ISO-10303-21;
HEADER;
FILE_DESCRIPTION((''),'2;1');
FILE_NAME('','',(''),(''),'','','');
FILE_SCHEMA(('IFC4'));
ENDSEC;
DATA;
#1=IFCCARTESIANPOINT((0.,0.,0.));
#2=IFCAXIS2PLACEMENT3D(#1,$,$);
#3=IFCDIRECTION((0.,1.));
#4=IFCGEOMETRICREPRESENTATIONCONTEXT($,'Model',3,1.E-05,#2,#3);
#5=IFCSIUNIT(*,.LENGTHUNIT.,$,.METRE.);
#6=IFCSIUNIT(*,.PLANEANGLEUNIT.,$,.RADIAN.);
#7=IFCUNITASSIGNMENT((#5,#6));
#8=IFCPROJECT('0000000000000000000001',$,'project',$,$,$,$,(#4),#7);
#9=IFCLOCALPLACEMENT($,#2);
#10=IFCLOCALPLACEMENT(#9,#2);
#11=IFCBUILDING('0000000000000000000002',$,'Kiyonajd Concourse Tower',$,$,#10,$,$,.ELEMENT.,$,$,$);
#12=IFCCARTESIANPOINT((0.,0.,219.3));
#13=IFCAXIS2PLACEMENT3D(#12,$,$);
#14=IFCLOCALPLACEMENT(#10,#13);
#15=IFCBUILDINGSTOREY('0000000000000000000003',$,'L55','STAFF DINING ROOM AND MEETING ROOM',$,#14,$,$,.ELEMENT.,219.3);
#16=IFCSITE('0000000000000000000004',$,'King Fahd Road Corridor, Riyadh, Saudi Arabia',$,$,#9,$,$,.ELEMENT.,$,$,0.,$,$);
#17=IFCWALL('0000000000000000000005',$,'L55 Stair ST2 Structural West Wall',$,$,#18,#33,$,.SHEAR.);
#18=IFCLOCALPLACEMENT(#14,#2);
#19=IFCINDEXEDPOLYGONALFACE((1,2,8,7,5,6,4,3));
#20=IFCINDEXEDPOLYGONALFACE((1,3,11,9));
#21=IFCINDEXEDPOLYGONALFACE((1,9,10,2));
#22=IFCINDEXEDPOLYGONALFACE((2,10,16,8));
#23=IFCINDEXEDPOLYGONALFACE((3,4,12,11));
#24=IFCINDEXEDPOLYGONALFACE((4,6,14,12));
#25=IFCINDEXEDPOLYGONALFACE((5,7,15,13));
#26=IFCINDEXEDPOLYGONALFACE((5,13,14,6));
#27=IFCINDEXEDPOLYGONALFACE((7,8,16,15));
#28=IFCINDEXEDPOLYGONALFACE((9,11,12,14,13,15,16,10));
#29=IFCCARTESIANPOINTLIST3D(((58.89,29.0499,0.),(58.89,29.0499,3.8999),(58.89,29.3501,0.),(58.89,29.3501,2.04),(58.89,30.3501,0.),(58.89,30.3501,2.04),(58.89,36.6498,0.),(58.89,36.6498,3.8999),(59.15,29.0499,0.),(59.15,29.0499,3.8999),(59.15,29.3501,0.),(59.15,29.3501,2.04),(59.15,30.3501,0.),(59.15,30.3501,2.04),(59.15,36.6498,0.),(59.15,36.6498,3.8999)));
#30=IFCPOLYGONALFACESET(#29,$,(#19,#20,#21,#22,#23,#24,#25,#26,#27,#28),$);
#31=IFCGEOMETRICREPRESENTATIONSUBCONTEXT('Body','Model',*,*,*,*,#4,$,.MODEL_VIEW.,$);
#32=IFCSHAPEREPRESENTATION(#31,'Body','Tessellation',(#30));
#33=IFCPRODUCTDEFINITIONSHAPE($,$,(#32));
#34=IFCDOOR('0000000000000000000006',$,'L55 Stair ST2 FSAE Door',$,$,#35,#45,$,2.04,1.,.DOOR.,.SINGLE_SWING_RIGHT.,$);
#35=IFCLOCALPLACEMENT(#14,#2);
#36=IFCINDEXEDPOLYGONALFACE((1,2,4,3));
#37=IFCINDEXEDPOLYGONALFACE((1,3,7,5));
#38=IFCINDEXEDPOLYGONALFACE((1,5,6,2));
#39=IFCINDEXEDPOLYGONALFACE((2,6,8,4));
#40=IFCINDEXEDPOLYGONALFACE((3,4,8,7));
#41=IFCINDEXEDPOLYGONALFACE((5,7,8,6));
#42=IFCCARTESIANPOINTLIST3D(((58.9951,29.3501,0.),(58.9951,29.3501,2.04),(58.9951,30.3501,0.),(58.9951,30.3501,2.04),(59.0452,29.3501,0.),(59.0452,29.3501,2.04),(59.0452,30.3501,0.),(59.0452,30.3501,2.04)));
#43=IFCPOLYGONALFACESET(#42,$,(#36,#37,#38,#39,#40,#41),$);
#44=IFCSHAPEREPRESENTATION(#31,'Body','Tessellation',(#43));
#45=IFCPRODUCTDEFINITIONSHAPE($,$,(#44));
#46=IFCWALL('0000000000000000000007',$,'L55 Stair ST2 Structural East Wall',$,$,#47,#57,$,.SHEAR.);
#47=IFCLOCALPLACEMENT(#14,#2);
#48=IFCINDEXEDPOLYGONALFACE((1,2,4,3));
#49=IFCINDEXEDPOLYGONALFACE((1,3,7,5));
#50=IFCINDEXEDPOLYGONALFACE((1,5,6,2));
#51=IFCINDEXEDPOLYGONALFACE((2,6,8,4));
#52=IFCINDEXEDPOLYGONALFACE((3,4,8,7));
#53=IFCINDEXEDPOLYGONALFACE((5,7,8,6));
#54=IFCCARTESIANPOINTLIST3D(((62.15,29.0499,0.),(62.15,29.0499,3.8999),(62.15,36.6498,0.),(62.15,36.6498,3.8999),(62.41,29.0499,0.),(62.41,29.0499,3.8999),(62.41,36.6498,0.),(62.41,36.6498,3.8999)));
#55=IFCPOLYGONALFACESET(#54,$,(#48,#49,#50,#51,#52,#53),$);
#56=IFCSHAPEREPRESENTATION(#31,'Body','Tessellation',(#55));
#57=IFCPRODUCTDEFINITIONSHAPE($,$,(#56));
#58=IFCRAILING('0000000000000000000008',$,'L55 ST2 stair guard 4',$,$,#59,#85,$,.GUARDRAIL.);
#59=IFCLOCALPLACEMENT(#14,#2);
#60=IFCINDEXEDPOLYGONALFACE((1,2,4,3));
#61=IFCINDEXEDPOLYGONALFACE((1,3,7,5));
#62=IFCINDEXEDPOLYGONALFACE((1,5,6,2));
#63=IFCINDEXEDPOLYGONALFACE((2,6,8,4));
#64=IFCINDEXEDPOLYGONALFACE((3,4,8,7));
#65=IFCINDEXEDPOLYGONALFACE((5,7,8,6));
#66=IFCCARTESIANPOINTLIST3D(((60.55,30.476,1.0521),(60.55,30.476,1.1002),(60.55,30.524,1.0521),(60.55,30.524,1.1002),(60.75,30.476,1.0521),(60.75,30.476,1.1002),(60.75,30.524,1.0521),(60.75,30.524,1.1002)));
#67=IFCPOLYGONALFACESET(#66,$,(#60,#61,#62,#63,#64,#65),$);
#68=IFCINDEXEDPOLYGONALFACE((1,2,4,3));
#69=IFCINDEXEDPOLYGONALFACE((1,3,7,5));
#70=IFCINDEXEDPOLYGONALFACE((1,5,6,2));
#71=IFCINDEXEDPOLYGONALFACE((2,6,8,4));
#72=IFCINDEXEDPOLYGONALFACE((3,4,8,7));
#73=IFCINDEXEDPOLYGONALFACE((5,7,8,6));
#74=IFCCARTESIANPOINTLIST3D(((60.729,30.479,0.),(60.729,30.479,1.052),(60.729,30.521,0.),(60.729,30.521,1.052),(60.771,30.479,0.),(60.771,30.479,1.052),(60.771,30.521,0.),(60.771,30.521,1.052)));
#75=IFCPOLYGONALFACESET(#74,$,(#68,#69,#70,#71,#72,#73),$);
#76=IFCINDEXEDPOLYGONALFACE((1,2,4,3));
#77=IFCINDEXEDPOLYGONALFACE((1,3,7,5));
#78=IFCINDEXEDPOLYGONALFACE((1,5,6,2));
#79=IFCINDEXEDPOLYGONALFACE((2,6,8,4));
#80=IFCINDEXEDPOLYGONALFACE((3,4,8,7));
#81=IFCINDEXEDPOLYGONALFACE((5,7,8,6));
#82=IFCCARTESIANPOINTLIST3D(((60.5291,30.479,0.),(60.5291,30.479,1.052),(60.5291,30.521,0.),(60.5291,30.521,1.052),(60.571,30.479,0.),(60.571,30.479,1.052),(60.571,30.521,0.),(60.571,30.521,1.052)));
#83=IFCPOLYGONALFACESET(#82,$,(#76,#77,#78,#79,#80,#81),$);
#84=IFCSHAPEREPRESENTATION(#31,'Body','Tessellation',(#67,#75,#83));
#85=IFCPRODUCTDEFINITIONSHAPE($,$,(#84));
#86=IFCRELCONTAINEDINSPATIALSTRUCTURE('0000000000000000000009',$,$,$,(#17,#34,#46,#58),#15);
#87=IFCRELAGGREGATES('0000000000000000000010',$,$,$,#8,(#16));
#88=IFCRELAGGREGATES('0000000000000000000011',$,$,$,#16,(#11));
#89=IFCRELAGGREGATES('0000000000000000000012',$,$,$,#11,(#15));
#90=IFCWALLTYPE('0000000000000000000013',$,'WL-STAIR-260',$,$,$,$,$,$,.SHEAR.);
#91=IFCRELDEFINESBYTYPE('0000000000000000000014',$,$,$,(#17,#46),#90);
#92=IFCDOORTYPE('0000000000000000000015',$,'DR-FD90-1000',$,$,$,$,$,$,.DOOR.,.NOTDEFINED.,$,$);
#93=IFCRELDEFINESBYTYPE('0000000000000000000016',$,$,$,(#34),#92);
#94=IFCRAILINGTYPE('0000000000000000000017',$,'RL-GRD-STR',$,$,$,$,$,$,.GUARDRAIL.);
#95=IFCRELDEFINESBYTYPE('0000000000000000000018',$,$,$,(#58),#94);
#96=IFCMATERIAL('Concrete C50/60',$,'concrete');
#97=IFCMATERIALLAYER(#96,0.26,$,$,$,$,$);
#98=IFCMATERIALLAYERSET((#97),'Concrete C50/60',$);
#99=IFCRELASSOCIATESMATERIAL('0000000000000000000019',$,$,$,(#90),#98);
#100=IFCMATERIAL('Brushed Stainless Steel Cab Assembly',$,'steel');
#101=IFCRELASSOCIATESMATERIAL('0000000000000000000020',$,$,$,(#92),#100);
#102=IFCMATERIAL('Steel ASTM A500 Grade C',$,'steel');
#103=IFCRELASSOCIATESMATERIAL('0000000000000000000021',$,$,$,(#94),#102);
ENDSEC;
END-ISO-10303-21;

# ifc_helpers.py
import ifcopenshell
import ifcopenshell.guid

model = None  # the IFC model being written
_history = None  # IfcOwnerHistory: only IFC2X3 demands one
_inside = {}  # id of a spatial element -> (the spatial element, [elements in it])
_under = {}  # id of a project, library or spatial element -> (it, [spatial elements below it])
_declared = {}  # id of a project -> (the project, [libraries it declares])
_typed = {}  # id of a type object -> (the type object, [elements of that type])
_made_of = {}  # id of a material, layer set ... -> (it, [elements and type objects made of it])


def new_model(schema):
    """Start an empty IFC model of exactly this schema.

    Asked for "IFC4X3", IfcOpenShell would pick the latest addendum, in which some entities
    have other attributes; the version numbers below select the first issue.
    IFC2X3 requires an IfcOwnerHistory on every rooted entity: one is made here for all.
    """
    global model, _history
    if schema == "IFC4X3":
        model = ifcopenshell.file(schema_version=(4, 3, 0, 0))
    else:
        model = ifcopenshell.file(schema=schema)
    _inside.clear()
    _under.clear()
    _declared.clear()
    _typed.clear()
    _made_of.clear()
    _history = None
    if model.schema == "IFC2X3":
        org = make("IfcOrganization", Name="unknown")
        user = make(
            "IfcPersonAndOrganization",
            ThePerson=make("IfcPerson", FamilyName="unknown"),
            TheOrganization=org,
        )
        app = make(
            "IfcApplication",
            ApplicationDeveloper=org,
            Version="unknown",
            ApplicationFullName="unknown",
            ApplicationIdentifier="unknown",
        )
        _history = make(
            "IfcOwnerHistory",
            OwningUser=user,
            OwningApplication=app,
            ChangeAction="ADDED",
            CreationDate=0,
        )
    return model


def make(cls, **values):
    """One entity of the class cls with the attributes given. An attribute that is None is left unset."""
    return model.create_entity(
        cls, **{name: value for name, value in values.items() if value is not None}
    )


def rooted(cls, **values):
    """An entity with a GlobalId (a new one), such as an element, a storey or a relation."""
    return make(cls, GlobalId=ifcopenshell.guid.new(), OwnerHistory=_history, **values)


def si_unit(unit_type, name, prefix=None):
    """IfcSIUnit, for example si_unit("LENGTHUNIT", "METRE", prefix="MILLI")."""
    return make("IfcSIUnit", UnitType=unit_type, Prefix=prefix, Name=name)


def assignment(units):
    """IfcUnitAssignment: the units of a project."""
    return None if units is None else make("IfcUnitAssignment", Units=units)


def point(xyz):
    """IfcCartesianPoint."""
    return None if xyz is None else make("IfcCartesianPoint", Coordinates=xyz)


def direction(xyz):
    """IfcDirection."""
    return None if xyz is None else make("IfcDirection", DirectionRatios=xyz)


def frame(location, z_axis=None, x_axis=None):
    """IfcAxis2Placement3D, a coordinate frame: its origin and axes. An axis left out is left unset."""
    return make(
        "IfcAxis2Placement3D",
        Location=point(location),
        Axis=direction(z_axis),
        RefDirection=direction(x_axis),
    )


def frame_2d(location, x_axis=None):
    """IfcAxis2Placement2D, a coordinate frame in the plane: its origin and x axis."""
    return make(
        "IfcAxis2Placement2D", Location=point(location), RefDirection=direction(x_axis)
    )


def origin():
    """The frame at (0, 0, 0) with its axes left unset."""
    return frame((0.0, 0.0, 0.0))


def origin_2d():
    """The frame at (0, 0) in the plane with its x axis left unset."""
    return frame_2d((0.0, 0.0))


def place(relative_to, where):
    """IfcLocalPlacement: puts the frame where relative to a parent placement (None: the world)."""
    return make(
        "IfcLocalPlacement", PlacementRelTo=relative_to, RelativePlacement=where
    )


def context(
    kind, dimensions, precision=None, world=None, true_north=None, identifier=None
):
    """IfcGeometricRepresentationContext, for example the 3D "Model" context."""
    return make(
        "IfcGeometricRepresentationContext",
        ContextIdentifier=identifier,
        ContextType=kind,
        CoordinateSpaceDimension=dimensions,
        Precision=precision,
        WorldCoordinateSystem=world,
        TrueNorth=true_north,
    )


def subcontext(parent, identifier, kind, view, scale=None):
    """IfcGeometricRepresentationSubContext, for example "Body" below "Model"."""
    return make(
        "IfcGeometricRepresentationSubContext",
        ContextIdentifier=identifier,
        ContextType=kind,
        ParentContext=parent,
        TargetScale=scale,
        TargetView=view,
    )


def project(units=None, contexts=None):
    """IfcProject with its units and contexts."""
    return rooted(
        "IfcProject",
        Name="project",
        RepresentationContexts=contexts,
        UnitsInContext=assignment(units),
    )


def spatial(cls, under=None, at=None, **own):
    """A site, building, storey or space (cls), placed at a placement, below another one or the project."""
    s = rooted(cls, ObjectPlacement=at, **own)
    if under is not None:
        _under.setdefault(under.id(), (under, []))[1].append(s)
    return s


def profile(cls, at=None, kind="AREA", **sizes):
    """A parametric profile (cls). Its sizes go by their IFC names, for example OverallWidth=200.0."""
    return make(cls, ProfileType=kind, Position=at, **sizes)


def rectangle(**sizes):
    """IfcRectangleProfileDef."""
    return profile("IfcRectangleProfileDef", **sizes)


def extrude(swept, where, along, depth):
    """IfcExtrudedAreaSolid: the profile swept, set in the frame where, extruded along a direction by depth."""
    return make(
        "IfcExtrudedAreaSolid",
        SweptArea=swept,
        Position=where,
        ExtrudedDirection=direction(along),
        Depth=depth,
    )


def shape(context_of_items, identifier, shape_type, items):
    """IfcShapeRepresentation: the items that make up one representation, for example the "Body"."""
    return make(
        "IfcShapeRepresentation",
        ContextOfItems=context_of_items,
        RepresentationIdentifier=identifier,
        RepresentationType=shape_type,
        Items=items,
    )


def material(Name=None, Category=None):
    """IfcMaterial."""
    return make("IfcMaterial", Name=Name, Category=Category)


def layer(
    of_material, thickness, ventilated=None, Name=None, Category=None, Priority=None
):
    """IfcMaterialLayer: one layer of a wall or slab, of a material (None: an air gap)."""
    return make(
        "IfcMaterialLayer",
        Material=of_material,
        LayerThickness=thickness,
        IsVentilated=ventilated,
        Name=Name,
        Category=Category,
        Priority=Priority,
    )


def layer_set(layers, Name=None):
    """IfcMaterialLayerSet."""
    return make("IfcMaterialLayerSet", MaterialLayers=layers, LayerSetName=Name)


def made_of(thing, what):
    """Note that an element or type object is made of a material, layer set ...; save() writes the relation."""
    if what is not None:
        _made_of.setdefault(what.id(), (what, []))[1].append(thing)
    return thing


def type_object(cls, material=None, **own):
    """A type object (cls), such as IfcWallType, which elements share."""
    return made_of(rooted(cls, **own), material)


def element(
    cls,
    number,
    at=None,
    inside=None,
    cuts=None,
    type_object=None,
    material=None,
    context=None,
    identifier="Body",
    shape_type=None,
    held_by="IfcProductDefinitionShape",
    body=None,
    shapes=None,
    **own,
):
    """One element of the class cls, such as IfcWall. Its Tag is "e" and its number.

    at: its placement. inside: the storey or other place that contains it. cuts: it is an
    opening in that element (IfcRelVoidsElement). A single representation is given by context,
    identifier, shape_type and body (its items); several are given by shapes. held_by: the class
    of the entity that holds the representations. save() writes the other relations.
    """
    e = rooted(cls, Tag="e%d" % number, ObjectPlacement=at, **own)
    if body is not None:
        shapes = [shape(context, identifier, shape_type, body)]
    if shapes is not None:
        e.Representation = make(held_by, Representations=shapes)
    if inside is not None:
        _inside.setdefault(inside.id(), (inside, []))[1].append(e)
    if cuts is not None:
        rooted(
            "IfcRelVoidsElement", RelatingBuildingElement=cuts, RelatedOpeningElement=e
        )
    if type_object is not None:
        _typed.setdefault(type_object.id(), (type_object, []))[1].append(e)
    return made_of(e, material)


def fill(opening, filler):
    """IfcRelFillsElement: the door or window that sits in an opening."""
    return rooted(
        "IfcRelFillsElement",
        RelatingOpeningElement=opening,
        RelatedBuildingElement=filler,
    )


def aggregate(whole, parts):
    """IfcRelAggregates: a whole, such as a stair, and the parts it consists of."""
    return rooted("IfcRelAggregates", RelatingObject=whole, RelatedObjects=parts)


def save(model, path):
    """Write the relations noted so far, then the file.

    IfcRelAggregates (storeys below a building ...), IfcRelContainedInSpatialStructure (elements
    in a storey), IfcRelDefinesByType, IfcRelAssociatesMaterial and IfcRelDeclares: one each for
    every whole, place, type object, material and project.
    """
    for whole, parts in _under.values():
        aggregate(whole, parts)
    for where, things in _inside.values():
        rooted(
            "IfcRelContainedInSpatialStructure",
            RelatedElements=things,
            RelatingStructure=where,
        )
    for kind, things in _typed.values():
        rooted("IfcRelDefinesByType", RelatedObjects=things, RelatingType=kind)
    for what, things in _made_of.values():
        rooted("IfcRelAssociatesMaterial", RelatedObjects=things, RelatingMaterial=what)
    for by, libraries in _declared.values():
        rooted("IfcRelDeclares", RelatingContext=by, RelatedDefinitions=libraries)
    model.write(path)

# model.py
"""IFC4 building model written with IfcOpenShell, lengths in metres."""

from ifc_helpers import new_model, si_unit, direction, frame, frame_2d, origin, origin_2d, place, context, subcontext, project, spatial, rectangle, extrude, material, layer, layer_set, type_object, element, fill, save


model = new_model("IFC4")

# Units and contexts
model_context = context("Model", 3, precision=1e-05, world=origin(), true_north=direction((0.0, 1.0)))
body_context = subcontext(model_context, "Body", "Model", "MODEL_VIEW")
ifc_project = project(units=[si_unit("LENGTHUNIT", "METRE"), si_unit("PLANEANGLEUNIT", "RADIAN")], contexts=[model_context])

# Site, building, storey
site_placement = place(None, origin())
site = spatial("IfcSite", under=ifc_project, at=site_placement, Name="King Fahd Road Corridor, Riyadh, Saudi Arabia", CompositionType="ELEMENT", RefElevation=0.0)
building_placement = place(site_placement, origin())
building = spatial("IfcBuilding", under=site, at=building_placement, Name="Kiyonajd Concourse Tower", CompositionType="ELEMENT")
storey_placement = place(building_placement, frame((0.0, 0.0, 219.3)))
storey = spatial("IfcBuildingStorey", under=building, at=storey_placement, Name="L55", Description="STAFF DINING ROOM AND MEETING ROOM", CompositionType="ELEMENT", Elevation=219.3)

# Shared definitions
ifc_material_1 = material(Name="Concrete C50/60", Category="concrete")

# Shared definitions
ifc_layer_1 = layer(ifc_material_1, 0.26)
ifc_layer_set_1 = layer_set([ifc_layer_1], Name="Concrete C50/60")
wall_type_1 = type_object("IfcWallType", Name="WL-STAIR-260", PredefinedType="SHEAR", material=ifc_layer_set_1)

# Wall, opening, door
wall_1_placement = place(storey_placement, frame((59.02, 29.05, 0.0), z_axis=(0.0, 0.0, 1.0), x_axis=(0.0, 1.0, 0.0)))
wall_1 = element("IfcWall", 1, at=wall_1_placement, inside=storey, type_object=wall_type_1, Name="L55 Stair ST2 Structural West Wall", PredefinedType="SHEAR", context=body_context, shape_type="SweptSolid", body=[
    extrude(rectangle(XDim=7.5999, YDim=0.26, at=frame_2d((3.7998, 0.0))), origin(), (0.0, 0.0, 1.0), 3.8999),
])
opening_1_placement = place(wall_1_placement, frame((0.3, 0.0, 0.0)))
opening_1 = element("IfcOpeningElement", 2, at=opening_1_placement, cuts=wall_1, PredefinedType="OPENING", context=body_context, shape_type="SweptSolid", body=[
    extrude(rectangle(XDim=1.0, YDim=2.04, at=frame_2d((0.5, 1.02))), frame((0.0, 0.1399, 0.0), z_axis=(0.0, -1.0, 0.0), x_axis=(1.0, 0.0, 0.0)), (0.0, 0.0, 1.0), 0.28),
])
ifc_material_2 = material(Name="Brushed Stainless Steel Cab Assembly", Category="steel")
door_type = type_object("IfcDoorType", Name="DR-FD90-1000", OperationType="NOTDEFINED", PredefinedType="DOOR", material=ifc_material_2)
door_placement = place(opening_1_placement, origin())
door = element("IfcDoor", 3, at=door_placement, inside=storey, type_object=door_type, Name="L55 Stair ST2 FSAE Door", OperationType="SINGLE_SWING_RIGHT", OverallHeight=2.04, OverallWidth=1.0, PredefinedType="DOOR", context=body_context, shape_type="SweptSolid", body=[
    extrude(rectangle(XDim=1.0, YDim=2.04, at=frame_2d((0.5, 1.02))), frame((0.0, 0.0249, 0.0), z_axis=(0.0, -1.0, 0.0), x_axis=(1.0, 0.0, 0.0)), (0.0, 0.0, 1.0), 0.05),
])
fill(opening_1, door)

# Wall
wall_2_placement = place(storey_placement, frame((62.28, 29.05, 0.0), z_axis=(0.0, 0.0, 1.0), x_axis=(0.0, 1.0, 0.0)))
element("IfcWall", 4, at=wall_2_placement, inside=storey, type_object=wall_type_1, Name="L55 Stair ST2 Structural East Wall", PredefinedType="SHEAR", context=body_context, shape_type="SweptSolid", body=[
    extrude(rectangle(XDim=7.5999, YDim=0.26, at=frame_2d((3.7998, 0.0))), origin(), (0.0, 0.0, 1.0), 3.8999),
])

# Railing
ifc_material_3 = material(Name="Steel ASTM A500 Grade C", Category="steel")
railing_type = type_object("IfcRailingType", Name="RL-GRD-STR", PredefinedType="GUARDRAIL", material=ifc_material_3)
railing_placement = place(storey_placement, frame((60.75, 30.5, 0.0)))
element("IfcRailing", 5, at=railing_placement, inside=storey, type_object=railing_type, Name="L55 ST2 stair guard 4", PredefinedType="GUARDRAIL", context=body_context, shape_type="SweptSolid", body=[
    extrude(rectangle(XDim=0.0481, YDim=0.0481, at=origin_2d()), frame((0.0, 0.0, 1.0762), z_axis=(-1.0, 0.0, 0.0), x_axis=(0.0, -1.0, 0.0)), (0.0, 0.0, 1.0), 0.2),
    extrude(rectangle(XDim=0.042, YDim=0.042, at=origin_2d()), origin(), (0.0, 0.0, 1.0), 1.052),
    extrude(rectangle(XDim=0.042, YDim=0.042, at=origin_2d()), frame((-0.2, 0.0, 0.0)), (0.0, 0.0, 1.0), 1.052),
])

save(model, "model.ifc")
